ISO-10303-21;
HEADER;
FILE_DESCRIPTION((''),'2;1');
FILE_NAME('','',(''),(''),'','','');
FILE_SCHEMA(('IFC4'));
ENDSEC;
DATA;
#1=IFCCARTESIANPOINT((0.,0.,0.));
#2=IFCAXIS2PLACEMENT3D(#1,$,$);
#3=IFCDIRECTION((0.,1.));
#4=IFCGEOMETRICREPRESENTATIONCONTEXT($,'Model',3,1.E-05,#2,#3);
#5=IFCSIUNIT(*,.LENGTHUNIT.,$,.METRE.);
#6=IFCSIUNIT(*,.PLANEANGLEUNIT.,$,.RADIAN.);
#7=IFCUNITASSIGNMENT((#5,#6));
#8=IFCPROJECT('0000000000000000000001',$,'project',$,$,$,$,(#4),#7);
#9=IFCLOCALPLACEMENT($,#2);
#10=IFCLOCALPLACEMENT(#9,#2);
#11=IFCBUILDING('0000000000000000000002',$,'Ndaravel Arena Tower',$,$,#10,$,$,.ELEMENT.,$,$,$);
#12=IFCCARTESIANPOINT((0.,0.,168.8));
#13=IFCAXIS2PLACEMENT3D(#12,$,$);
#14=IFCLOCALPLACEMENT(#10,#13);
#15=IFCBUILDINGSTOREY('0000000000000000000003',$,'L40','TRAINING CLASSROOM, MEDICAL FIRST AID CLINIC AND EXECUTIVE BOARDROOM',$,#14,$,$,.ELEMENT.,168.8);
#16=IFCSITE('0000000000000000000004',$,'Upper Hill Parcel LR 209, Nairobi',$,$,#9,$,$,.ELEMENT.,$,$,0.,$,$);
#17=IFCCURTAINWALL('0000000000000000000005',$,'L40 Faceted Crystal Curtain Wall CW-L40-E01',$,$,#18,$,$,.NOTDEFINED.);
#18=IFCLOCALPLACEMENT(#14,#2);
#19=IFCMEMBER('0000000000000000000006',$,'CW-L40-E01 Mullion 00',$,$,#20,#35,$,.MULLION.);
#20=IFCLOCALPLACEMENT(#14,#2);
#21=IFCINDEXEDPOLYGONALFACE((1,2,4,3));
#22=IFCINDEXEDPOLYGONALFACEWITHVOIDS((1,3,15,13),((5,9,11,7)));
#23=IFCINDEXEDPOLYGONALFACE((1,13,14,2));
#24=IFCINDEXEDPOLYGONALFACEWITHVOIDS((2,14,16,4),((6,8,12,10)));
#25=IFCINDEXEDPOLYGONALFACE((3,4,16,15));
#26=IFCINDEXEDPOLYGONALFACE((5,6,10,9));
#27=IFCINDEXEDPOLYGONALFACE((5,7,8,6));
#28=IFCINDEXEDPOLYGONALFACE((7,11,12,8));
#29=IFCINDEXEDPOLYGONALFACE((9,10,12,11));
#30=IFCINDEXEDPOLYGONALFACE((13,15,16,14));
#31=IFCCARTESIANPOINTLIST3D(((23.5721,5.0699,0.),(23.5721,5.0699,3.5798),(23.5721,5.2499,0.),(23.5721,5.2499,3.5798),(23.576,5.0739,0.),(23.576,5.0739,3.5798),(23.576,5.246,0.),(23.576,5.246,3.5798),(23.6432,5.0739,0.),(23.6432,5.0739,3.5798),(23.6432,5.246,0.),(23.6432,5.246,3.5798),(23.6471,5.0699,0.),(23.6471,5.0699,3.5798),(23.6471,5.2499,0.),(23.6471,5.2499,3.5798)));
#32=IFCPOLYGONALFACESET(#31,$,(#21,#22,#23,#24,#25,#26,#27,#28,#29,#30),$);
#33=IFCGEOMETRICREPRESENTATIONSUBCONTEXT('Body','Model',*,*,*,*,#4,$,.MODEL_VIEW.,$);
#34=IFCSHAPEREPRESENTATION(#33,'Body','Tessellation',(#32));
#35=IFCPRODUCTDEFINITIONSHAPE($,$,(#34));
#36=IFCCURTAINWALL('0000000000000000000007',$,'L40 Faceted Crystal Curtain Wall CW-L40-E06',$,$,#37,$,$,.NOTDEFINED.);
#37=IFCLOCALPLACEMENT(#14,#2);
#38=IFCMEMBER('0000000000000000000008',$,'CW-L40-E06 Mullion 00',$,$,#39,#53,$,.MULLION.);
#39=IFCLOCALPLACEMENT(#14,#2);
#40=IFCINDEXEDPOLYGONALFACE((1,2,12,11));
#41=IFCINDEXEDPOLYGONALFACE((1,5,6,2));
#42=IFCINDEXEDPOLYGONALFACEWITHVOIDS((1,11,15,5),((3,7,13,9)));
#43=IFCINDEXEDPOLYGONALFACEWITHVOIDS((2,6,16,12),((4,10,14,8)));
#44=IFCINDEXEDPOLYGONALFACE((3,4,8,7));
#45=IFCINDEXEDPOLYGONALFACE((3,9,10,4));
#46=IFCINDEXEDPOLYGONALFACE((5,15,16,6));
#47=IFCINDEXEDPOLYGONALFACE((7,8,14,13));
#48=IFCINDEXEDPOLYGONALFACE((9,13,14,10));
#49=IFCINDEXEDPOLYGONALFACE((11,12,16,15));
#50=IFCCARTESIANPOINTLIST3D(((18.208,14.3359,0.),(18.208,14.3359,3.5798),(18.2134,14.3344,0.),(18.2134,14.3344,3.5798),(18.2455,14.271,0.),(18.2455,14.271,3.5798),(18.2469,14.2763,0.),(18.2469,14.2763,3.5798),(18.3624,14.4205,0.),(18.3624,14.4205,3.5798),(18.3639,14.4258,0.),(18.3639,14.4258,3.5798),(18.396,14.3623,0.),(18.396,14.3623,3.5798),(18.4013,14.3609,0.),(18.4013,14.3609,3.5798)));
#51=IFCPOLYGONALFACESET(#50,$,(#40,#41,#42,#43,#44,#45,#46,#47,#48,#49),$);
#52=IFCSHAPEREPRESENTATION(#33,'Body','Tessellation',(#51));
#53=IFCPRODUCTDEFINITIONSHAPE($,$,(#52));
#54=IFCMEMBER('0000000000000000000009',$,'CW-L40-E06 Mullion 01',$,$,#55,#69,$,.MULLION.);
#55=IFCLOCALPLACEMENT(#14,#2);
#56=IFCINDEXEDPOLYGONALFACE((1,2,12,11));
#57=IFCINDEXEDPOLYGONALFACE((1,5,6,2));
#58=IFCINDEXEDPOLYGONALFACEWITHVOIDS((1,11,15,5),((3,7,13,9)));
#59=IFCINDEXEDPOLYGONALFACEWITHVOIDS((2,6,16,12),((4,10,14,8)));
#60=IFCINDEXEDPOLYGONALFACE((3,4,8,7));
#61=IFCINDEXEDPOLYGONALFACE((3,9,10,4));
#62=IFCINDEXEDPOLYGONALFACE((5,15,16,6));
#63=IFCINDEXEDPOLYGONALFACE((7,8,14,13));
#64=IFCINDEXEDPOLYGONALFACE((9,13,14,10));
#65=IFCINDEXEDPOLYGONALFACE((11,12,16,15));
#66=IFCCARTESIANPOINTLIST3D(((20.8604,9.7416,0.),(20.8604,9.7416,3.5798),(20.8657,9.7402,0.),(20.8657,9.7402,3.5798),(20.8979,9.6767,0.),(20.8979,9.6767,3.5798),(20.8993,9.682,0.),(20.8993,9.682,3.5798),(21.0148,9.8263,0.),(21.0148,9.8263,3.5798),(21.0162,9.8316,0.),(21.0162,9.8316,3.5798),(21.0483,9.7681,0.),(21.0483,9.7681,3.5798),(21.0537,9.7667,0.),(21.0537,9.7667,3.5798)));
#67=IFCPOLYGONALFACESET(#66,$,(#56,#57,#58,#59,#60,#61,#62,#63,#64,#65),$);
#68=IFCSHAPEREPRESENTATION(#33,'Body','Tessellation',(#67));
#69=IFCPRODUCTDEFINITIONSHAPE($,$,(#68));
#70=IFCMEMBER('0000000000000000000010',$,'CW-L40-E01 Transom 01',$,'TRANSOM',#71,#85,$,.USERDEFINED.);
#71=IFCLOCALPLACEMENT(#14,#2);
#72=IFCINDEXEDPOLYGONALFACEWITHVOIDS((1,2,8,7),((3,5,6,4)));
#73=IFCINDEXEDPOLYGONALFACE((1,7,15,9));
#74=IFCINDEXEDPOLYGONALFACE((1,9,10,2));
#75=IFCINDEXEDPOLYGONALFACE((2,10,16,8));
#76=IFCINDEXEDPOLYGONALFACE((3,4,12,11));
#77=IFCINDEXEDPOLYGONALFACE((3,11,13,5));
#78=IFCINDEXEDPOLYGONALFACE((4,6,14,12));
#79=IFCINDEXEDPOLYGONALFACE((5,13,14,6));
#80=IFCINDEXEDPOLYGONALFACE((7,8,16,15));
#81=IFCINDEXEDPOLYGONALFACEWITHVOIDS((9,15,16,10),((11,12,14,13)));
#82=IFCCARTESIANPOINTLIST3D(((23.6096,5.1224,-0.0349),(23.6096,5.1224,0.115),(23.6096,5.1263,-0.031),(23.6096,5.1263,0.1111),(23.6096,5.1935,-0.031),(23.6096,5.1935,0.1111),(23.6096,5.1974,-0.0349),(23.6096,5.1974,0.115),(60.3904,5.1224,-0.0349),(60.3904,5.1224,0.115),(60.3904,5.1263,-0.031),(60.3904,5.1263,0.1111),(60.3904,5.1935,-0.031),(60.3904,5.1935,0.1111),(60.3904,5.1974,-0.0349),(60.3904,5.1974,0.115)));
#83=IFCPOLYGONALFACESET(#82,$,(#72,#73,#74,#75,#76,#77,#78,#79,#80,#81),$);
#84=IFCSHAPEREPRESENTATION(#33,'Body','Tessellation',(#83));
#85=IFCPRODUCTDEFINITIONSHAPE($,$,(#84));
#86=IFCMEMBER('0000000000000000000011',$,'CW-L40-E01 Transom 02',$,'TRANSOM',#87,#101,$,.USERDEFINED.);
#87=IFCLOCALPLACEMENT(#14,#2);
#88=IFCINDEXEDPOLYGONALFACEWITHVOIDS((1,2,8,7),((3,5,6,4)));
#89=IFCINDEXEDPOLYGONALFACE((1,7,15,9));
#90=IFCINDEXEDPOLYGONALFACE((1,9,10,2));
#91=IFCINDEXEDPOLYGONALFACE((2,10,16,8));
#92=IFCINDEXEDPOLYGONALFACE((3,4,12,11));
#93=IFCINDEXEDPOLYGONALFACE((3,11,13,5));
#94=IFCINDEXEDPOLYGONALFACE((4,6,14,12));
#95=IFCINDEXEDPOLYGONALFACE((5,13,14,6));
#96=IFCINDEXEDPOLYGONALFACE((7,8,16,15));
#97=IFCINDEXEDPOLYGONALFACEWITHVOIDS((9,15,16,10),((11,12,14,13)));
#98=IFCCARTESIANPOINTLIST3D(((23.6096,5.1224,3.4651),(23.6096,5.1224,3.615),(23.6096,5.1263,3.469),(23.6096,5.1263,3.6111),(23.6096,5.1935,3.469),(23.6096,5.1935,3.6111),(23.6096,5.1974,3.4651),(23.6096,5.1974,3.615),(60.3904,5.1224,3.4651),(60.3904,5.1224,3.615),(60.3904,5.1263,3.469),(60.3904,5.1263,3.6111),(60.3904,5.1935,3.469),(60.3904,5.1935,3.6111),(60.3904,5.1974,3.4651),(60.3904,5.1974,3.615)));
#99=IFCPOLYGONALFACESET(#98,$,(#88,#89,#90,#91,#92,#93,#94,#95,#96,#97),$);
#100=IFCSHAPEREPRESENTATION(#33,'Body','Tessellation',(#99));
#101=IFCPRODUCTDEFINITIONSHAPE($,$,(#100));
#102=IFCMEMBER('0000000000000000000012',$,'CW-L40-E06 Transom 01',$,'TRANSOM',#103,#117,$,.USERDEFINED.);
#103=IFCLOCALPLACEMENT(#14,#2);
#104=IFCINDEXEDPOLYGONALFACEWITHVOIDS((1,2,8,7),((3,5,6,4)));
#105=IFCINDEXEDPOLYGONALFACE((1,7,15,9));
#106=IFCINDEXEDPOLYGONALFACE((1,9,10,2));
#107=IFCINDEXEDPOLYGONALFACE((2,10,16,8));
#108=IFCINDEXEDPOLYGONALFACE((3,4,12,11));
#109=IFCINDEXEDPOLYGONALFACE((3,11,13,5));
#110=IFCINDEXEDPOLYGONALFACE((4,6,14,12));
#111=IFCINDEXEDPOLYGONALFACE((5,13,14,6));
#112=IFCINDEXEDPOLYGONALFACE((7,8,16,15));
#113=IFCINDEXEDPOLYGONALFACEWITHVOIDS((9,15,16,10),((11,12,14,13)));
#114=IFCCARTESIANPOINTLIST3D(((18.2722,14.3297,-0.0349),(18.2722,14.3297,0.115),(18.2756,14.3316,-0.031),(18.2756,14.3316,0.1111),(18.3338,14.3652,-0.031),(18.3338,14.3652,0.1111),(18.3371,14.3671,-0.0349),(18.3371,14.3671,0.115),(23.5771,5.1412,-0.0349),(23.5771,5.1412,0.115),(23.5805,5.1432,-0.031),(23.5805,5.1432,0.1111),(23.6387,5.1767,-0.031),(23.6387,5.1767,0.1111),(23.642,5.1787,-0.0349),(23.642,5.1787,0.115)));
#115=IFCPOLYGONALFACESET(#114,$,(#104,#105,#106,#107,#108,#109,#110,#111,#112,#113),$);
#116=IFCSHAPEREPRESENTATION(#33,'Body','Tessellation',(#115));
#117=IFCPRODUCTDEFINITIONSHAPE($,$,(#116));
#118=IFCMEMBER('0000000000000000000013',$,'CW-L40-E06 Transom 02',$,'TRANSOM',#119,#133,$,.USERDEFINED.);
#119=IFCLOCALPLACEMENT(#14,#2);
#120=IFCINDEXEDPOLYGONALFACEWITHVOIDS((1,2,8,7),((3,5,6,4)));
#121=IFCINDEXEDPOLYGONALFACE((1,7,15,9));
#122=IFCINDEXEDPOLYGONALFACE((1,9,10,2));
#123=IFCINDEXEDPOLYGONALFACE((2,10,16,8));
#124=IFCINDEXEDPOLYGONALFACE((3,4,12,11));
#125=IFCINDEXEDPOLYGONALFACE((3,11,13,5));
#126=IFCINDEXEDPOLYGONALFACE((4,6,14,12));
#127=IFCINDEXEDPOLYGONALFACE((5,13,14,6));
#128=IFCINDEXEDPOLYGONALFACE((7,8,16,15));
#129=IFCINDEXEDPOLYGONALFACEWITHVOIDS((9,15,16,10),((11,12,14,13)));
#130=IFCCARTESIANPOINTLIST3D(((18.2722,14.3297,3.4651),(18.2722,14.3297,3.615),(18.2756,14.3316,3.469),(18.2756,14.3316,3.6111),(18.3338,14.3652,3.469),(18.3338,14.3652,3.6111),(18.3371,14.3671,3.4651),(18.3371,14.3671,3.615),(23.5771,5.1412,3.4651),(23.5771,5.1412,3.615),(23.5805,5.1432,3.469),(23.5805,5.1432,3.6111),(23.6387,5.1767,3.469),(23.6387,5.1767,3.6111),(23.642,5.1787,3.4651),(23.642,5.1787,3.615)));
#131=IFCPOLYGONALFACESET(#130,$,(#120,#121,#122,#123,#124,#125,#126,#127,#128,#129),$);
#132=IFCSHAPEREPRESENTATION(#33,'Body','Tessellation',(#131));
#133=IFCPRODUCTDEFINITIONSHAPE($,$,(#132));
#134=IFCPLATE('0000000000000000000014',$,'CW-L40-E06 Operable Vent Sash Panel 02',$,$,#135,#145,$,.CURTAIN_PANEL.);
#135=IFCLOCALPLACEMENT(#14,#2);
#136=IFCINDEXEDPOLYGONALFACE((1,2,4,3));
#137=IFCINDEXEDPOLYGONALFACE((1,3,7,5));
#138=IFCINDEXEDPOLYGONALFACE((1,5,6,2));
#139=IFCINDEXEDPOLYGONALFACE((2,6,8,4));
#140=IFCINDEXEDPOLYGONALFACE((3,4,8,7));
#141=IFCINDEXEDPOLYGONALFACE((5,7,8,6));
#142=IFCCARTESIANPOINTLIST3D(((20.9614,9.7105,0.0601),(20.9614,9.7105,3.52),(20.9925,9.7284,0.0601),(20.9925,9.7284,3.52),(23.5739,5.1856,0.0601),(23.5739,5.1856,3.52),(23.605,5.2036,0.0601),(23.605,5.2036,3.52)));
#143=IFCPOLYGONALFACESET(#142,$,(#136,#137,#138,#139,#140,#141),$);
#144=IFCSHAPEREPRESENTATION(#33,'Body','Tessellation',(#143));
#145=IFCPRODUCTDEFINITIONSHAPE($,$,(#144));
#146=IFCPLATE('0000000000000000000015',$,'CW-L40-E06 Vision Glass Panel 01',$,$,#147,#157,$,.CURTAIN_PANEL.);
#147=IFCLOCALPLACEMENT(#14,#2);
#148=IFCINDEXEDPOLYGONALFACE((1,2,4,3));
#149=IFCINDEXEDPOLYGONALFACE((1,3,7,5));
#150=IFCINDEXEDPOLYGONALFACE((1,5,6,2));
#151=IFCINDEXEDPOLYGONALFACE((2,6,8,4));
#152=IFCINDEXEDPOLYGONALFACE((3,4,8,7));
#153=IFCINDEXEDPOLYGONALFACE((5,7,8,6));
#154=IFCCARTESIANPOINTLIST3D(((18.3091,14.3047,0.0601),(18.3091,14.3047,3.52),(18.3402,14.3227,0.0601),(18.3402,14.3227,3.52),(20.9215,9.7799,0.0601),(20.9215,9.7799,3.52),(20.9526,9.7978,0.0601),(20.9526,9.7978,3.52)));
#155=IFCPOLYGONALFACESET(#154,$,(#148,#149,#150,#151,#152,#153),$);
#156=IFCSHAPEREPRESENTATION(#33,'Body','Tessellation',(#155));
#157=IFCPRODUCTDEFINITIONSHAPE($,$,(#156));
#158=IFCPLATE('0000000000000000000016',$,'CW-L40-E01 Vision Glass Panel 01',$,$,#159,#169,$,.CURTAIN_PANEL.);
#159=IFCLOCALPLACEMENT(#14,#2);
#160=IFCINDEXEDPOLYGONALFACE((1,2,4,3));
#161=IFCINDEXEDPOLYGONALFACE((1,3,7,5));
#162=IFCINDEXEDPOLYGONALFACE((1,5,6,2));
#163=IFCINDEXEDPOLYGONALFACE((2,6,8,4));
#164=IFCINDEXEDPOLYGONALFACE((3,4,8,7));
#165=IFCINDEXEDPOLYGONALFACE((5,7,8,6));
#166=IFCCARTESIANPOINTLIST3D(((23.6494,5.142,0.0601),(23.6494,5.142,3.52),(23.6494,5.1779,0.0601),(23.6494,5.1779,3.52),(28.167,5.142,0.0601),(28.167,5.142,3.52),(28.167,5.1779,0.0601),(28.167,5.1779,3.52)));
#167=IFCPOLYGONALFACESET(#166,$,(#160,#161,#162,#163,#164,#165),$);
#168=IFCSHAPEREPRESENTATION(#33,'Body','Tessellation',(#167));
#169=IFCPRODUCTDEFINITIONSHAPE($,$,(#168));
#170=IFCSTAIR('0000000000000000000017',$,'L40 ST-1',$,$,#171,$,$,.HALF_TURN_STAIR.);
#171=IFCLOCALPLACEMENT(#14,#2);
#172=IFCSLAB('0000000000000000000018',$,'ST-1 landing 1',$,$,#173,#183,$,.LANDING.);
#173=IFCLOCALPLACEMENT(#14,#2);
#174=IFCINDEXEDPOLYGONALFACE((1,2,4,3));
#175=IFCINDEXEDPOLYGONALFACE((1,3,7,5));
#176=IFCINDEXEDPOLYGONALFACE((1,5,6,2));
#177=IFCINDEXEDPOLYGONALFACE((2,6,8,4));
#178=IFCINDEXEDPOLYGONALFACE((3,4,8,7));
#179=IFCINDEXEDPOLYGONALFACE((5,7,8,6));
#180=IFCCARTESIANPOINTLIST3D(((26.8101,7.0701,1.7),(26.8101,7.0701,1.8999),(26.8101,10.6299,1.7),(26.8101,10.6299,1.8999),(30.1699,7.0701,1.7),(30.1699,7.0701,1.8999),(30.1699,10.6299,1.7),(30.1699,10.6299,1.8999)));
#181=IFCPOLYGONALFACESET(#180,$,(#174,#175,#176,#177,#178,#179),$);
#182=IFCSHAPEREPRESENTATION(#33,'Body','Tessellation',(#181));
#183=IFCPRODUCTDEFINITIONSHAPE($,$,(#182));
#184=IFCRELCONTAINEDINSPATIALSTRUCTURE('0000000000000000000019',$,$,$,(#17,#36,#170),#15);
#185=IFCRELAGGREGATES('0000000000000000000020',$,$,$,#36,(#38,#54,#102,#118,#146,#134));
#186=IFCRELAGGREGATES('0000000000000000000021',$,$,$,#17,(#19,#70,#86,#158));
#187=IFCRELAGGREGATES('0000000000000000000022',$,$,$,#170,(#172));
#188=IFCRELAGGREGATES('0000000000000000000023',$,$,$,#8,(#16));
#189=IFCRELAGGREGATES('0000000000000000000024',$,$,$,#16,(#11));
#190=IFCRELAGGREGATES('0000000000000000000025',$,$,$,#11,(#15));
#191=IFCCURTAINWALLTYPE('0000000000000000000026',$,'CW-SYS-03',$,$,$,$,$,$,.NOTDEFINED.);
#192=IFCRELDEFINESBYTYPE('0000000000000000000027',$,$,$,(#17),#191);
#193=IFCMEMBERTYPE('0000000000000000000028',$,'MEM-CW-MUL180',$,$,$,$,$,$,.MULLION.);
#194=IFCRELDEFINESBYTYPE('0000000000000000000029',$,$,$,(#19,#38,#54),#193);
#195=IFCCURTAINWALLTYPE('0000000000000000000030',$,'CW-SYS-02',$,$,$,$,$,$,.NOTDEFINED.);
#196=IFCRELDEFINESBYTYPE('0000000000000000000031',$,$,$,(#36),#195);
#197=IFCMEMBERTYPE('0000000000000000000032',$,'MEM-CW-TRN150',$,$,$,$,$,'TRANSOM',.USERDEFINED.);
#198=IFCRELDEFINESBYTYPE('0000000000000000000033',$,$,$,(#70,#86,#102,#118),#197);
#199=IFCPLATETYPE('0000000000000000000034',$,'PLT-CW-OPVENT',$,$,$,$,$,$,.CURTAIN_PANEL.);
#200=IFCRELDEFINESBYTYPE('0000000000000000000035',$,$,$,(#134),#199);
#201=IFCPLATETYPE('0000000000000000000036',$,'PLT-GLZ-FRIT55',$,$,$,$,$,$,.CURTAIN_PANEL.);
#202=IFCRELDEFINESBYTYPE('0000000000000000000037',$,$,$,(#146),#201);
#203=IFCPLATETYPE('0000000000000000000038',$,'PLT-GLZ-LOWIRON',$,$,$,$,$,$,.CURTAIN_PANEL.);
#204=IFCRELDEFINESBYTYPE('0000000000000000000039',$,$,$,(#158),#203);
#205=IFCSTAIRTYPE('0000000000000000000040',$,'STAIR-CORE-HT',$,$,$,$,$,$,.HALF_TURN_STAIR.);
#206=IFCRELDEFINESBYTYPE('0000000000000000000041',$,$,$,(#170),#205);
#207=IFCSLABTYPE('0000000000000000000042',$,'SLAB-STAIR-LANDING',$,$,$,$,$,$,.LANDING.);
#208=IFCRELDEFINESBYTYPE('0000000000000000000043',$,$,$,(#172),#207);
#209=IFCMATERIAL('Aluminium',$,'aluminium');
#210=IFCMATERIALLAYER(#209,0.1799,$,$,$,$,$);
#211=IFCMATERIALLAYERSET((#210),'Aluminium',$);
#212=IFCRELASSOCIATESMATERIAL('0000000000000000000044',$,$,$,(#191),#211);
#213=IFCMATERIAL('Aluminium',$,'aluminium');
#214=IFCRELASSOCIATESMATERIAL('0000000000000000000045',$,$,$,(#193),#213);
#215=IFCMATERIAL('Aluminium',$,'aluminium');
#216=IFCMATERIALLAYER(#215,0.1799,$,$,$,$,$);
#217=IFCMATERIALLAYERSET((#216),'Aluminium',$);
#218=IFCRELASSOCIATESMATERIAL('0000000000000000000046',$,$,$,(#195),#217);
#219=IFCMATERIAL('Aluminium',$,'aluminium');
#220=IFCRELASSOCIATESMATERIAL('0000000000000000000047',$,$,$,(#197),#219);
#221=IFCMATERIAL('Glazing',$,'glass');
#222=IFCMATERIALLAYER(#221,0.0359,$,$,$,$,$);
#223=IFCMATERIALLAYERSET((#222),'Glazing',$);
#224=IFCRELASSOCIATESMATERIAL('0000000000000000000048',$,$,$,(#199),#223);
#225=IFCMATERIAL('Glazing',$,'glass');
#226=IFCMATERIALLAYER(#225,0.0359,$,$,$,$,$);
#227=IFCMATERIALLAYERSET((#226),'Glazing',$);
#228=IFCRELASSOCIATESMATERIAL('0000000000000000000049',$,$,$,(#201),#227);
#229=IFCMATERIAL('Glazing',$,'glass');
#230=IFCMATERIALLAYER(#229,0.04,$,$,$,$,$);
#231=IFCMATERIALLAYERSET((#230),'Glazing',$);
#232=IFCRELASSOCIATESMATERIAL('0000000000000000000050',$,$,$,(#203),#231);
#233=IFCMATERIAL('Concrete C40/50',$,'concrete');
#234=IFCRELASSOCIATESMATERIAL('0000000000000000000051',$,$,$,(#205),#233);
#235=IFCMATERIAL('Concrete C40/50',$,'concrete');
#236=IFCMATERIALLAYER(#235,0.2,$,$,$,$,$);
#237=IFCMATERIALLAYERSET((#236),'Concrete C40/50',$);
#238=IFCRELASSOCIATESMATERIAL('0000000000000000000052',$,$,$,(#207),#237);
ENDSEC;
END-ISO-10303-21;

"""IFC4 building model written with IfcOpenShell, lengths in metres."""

from ifc_helpers import new_model, si_unit, direction, frame, origin, origin_2d, place, context, subcontext, project, spatial, polyline, rectangle, hollow_rectangle, outline, extrude, material, layer, layer_set, material_profile, profile_set, type_object, element, aggregate, save


model = new_model("IFC4")

# Units and contexts
model_context = context("Model", 3, precision=1e-05, world=origin(), true_north=direction((0.0, 1.0)))
body_context = subcontext(model_context, "Body", "Model", "MODEL_VIEW")
ifc_project = project(units=[si_unit("LENGTHUNIT", "METRE"), si_unit("PLANEANGLEUNIT", "RADIAN")], contexts=[model_context])

# Site, building, storey
site_placement = place(None, origin())
site = spatial("IfcSite", under=ifc_project, at=site_placement, Name="Upper Hill Parcel LR 209, Nairobi", CompositionType="ELEMENT", RefElevation=0.0)
building_placement = place(site_placement, origin())
building = spatial("IfcBuilding", under=site, at=building_placement, Name="Ndaravel Arena Tower", CompositionType="ELEMENT")
storey_placement = place(building_placement, frame((0.0, 0.0, 168.8)))
storey = spatial("IfcBuildingStorey", under=building, at=storey_placement, Name="L40", Description="TRAINING CLASSROOM, MEDICAL FIRST AID CLINIC AND EXECUTIVE BOARDROOM", CompositionType="ELEMENT", Elevation=168.8)

# Curtain wall, member
ifc_material_1 = material(Name="Aluminium", Category="aluminium")
ifc_layer_1 = layer(ifc_material_1, 0.1799)
ifc_layer_set_1 = layer_set([ifc_layer_1], Name="Aluminium")
curtain_wall_type_1 = type_object("IfcCurtainWallType", Name="CW-SYS-03", PredefinedType="NOTDEFINED", material=ifc_layer_set_1)
curtain_wall_1_placement = place(storey_placement, origin())
curtain_wall_1 = element("IfcCurtainWall", 1, at=curtain_wall_1_placement, inside=storey, type_object=curtain_wall_type_1, Name="L40 Faceted Crystal Curtain Wall CW-L40-E01", PredefinedType="NOTDEFINED")
ifc_material_2 = material(Name="Aluminium", Category="aluminium")
ifc_material_profile_1 = material_profile(ifc_material_2, hollow_rectangle(XDim=0.075, YDim=0.1799, WallThickness=0.0039, at=origin_2d()), Name="CW MULLION 75x180x4")
ifc_profile_set_1 = profile_set([ifc_material_profile_1], Name="Aluminium")
member_type_1 = type_object("IfcMemberType", Name="MEM-CW-MUL180", PredefinedType="MULLION", material=ifc_profile_set_1)
member_1_placement = place(storey_placement, frame((23.6096, 5.1599, 0.0), z_axis=(0.0, 0.0, 1.0), x_axis=(1.0, 0.0, 0.0)))
member_1 = element("IfcMember", 2, at=member_1_placement, type_object=member_type_1, Name="CW-L40-E01 Mullion 00", PredefinedType="MULLION", context=body_context, shape_type="SweptSolid", body=[
    extrude(hollow_rectangle(XDim=0.075, YDim=0.1799, WallThickness=0.0039, at=origin_2d()), origin(), (0.0, 0.0, 1.0), 3.5798),
])

# Curtain wall, members
ifc_material_3 = material(Name="Aluminium", Category="aluminium")
ifc_layer_2 = layer(ifc_material_3, 0.1799)
ifc_layer_set_2 = layer_set([ifc_layer_2], Name="Aluminium")
curtain_wall_type_2 = type_object("IfcCurtainWallType", Name="CW-SYS-02", PredefinedType="NOTDEFINED", material=ifc_layer_set_2)
curtain_wall_2_placement = place(storey_placement, origin())
curtain_wall_2 = element("IfcCurtainWall", 3, at=curtain_wall_2_placement, inside=storey, type_object=curtain_wall_type_2, Name="L40 Faceted Crystal Curtain Wall CW-L40-E06", PredefinedType="NOTDEFINED")
member_2_placement = place(storey_placement, frame((18.3047, 14.3484, 0.0), z_axis=(0.0, 0.0, 1.0), x_axis=(0.5, -0.866025, 0.0)))
member_2 = element("IfcMember", 4, at=member_2_placement, type_object=member_type_1, Name="CW-L40-E06 Mullion 00", PredefinedType="MULLION", context=body_context, shape_type="SweptSolid", body=[
    extrude(hollow_rectangle(XDim=0.075, YDim=0.1799, WallThickness=0.0039, at=origin_2d()), origin(), (0.0, 0.0, 1.0), 3.5798),
])
member_3_placement = place(storey_placement, frame((20.957, 9.7542, 0.0), z_axis=(0.0, 0.0, 1.0), x_axis=(0.5, -0.866025, 0.0)))
member_3 = element("IfcMember", 5, at=member_3_placement, type_object=member_type_1, Name="CW-L40-E06 Mullion 01", PredefinedType="MULLION", context=body_context, shape_type="SweptSolid", body=[
    extrude(hollow_rectangle(XDim=0.075, YDim=0.1799, WallThickness=0.0039, at=origin_2d()), origin(), (0.0, 0.0, 1.0), 3.5798),
])

# Members
ifc_material_4 = material(Name="Aluminium", Category="aluminium")
ifc_material_profile_2 = material_profile(ifc_material_4, hollow_rectangle(XDim=0.075, YDim=0.1499, WallThickness=0.0039, at=origin_2d()), Name="CW TRANSOM 75x150x4")
ifc_profile_set_2 = profile_set([ifc_material_profile_2], Name="Aluminium")
member_type_2 = type_object("IfcMemberType", Name="MEM-CW-TRN150", ElementType="TRANSOM", PredefinedType="USERDEFINED", material=ifc_profile_set_2)
member_4_placement = place(storey_placement, frame((23.6096, 5.1599, 0.04), z_axis=(1.0, 0.0, 0.0), x_axis=(0.0, 1.0, 0.0)))
member_4 = element("IfcMember", 6, at=member_4_placement, type_object=member_type_2, Name="CW-L40-E01 Transom 01", ObjectType="TRANSOM", PredefinedType="USERDEFINED", context=body_context, shape_type="SweptSolid", body=[
    extrude(hollow_rectangle(XDim=0.075, YDim=0.1499, WallThickness=0.0039, at=origin_2d()), origin(), (0.0, 0.0, 1.0), 36.7808),
])
member_5_placement = place(storey_placement, frame((23.6096, 5.1599, 3.54), z_axis=(1.0, 0.0, 0.0), x_axis=(0.0, 1.0, 0.0)))
member_5 = element("IfcMember", 7, at=member_5_placement, type_object=member_type_2, Name="CW-L40-E01 Transom 02", ObjectType="TRANSOM", PredefinedType="USERDEFINED", context=body_context, shape_type="SweptSolid", body=[
    extrude(hollow_rectangle(XDim=0.075, YDim=0.1499, WallThickness=0.0039, at=origin_2d()), origin(), (0.0, 0.0, 1.0), 36.7808),
])
member_6_placement = place(storey_placement, frame((18.3047, 14.3484, 0.04), z_axis=(0.499997, -0.866027, 0.0), x_axis=(0.866027, 0.499997, 0.0)))
member_6 = element("IfcMember", 8, at=member_6_placement, type_object=member_type_2, Name="CW-L40-E06 Transom 01", ObjectType="TRANSOM", PredefinedType="USERDEFINED", context=body_context, shape_type="SweptSolid", body=[
    extrude(hollow_rectangle(XDim=0.075, YDim=0.1499, WallThickness=0.0039, at=origin_2d()), origin(), (0.0, 0.0, 1.0), 10.6099),
])
member_7_placement = place(storey_placement, frame((18.3047, 14.3484, 3.54), z_axis=(0.499997, -0.866027, 0.0), x_axis=(0.866027, 0.499997, 0.0)))
member_7 = element("IfcMember", 9, at=member_7_placement, type_object=member_type_2, Name="CW-L40-E06 Transom 02", ObjectType="TRANSOM", PredefinedType="USERDEFINED", context=body_context, shape_type="SweptSolid", body=[
    extrude(hollow_rectangle(XDim=0.075, YDim=0.1499, WallThickness=0.0039, at=origin_2d()), origin(), (0.0, 0.0, 1.0), 10.6099),
])

# Plates
ifc_material_5 = material(Name="Glazing", Category="glass")
ifc_layer_3 = layer(ifc_material_5, 0.0359)
ifc_layer_set_3 = layer_set([ifc_layer_3], Name="Glazing")
plate_type_1 = type_object("IfcPlateType", Name="PLT-CW-OPVENT", PredefinedType="CURTAIN_PANEL", material=ifc_layer_set_3)
plate_1_placement = place(storey_placement, frame((22.2832, 7.457, 0.0601), z_axis=(0.0, 0.0, 1.0), x_axis=(0.5, -0.866025, 0.0)))
plate_1 = element("IfcPlate", 10, at=plate_1_placement, type_object=plate_type_1, Name="CW-L40-E06 Operable Vent Sash Panel 02", PredefinedType="CURTAIN_PANEL", context=body_context, shape_type="SweptSolid", body=[
    extrude(rectangle(XDim=5.2249, YDim=0.0359, at=origin_2d()), origin(), (0.0, 0.0, 1.0), 3.46),
])
ifc_material_6 = material(Name="Glazing", Category="glass")
ifc_layer_4 = layer(ifc_material_6, 0.0359)
ifc_layer_set_4 = layer_set([ifc_layer_4], Name="Glazing")
plate_type_2 = type_object("IfcPlateType", Name="PLT-GLZ-FRIT55", PredefinedType="CURTAIN_PANEL", material=ifc_layer_set_4)
plate_2_placement = place(storey_placement, frame((19.6309, 12.0513, 0.0601), z_axis=(0.0, 0.0, 1.0), x_axis=(0.5, -0.866025, 0.0)))
plate_2 = element("IfcPlate", 11, at=plate_2_placement, type_object=plate_type_2, Name="CW-L40-E06 Vision Glass Panel 01", PredefinedType="CURTAIN_PANEL", context=body_context, shape_type="SweptSolid", body=[
    extrude(rectangle(XDim=5.2249, YDim=0.0359, at=origin_2d()), origin(), (0.0, 0.0, 1.0), 3.46),
])
aggregate(curtain_wall_2, [member_2, member_3, member_6, member_7, plate_2, plate_1])
ifc_material_7 = material(Name="Glazing", Category="glass")
ifc_layer_5 = layer(ifc_material_7, 0.04)
ifc_layer_set_5 = layer_set([ifc_layer_5], Name="Glazing")
plate_type_3 = type_object("IfcPlateType", Name="PLT-GLZ-LOWIRON", PredefinedType="CURTAIN_PANEL", material=ifc_layer_set_5)
plate_3_placement = place(storey_placement, frame((25.9082, 5.1599, 0.0601), z_axis=(0.0, 0.0, 1.0), x_axis=(1.0, 0.0, 0.0)))
plate_3 = element("IfcPlate", 12, at=plate_3_placement, type_object=plate_type_3, Name="CW-L40-E01 Vision Glass Panel 01", PredefinedType="CURTAIN_PANEL", context=body_context, shape_type="SweptSolid", body=[
    extrude(rectangle(XDim=4.5176, YDim=0.0359, at=origin_2d()), origin(), (0.0, 0.0, 1.0), 3.46),
])
aggregate(curtain_wall_1, [member_1, member_4, member_5, plate_3])

# Stair, slab
ifc_material_8 = material(Name="Concrete C40/50", Category="concrete")
stair_type = type_object("IfcStairType", Name="STAIR-CORE-HT", PredefinedType="HALF_TURN_STAIR", material=ifc_material_8)
stair_1_placement = place(storey_placement, origin())
stair_1 = element("IfcStair", 13, at=stair_1_placement, inside=storey, type_object=stair_type, Name="L40 ST-1", PredefinedType="HALF_TURN_STAIR")
ifc_material_9 = material(Name="Concrete C40/50", Category="concrete")
ifc_layer_6 = layer(ifc_material_9, 0.2)
ifc_layer_set_6 = layer_set([ifc_layer_6], Name="Concrete C40/50")
slab_type_1 = type_object("IfcSlabType", Name="SLAB-STAIR-LANDING", PredefinedType="LANDING", material=ifc_layer_set_6)
slab_1_placement = place(storey_placement, frame((0.0, 0.0, 1.7)))
slab_1 = element("IfcSlab", 14, at=slab_1_placement, type_object=slab_type_1, Name="ST-1 landing 1", PredefinedType="LANDING", context=body_context, shape_type="SweptSolid", body=[
    extrude(outline(polyline([(26.8101, 10.6299), (26.8101, 7.0701), (30.1699, 7.0701), (30.1699, 10.6299), (26.8101, 10.6299)])), origin(), (0.0, 0.0, 1.0), 0.2),
])

aggregate(stair_1, [slab_1])

save(model, "model.ifc")
